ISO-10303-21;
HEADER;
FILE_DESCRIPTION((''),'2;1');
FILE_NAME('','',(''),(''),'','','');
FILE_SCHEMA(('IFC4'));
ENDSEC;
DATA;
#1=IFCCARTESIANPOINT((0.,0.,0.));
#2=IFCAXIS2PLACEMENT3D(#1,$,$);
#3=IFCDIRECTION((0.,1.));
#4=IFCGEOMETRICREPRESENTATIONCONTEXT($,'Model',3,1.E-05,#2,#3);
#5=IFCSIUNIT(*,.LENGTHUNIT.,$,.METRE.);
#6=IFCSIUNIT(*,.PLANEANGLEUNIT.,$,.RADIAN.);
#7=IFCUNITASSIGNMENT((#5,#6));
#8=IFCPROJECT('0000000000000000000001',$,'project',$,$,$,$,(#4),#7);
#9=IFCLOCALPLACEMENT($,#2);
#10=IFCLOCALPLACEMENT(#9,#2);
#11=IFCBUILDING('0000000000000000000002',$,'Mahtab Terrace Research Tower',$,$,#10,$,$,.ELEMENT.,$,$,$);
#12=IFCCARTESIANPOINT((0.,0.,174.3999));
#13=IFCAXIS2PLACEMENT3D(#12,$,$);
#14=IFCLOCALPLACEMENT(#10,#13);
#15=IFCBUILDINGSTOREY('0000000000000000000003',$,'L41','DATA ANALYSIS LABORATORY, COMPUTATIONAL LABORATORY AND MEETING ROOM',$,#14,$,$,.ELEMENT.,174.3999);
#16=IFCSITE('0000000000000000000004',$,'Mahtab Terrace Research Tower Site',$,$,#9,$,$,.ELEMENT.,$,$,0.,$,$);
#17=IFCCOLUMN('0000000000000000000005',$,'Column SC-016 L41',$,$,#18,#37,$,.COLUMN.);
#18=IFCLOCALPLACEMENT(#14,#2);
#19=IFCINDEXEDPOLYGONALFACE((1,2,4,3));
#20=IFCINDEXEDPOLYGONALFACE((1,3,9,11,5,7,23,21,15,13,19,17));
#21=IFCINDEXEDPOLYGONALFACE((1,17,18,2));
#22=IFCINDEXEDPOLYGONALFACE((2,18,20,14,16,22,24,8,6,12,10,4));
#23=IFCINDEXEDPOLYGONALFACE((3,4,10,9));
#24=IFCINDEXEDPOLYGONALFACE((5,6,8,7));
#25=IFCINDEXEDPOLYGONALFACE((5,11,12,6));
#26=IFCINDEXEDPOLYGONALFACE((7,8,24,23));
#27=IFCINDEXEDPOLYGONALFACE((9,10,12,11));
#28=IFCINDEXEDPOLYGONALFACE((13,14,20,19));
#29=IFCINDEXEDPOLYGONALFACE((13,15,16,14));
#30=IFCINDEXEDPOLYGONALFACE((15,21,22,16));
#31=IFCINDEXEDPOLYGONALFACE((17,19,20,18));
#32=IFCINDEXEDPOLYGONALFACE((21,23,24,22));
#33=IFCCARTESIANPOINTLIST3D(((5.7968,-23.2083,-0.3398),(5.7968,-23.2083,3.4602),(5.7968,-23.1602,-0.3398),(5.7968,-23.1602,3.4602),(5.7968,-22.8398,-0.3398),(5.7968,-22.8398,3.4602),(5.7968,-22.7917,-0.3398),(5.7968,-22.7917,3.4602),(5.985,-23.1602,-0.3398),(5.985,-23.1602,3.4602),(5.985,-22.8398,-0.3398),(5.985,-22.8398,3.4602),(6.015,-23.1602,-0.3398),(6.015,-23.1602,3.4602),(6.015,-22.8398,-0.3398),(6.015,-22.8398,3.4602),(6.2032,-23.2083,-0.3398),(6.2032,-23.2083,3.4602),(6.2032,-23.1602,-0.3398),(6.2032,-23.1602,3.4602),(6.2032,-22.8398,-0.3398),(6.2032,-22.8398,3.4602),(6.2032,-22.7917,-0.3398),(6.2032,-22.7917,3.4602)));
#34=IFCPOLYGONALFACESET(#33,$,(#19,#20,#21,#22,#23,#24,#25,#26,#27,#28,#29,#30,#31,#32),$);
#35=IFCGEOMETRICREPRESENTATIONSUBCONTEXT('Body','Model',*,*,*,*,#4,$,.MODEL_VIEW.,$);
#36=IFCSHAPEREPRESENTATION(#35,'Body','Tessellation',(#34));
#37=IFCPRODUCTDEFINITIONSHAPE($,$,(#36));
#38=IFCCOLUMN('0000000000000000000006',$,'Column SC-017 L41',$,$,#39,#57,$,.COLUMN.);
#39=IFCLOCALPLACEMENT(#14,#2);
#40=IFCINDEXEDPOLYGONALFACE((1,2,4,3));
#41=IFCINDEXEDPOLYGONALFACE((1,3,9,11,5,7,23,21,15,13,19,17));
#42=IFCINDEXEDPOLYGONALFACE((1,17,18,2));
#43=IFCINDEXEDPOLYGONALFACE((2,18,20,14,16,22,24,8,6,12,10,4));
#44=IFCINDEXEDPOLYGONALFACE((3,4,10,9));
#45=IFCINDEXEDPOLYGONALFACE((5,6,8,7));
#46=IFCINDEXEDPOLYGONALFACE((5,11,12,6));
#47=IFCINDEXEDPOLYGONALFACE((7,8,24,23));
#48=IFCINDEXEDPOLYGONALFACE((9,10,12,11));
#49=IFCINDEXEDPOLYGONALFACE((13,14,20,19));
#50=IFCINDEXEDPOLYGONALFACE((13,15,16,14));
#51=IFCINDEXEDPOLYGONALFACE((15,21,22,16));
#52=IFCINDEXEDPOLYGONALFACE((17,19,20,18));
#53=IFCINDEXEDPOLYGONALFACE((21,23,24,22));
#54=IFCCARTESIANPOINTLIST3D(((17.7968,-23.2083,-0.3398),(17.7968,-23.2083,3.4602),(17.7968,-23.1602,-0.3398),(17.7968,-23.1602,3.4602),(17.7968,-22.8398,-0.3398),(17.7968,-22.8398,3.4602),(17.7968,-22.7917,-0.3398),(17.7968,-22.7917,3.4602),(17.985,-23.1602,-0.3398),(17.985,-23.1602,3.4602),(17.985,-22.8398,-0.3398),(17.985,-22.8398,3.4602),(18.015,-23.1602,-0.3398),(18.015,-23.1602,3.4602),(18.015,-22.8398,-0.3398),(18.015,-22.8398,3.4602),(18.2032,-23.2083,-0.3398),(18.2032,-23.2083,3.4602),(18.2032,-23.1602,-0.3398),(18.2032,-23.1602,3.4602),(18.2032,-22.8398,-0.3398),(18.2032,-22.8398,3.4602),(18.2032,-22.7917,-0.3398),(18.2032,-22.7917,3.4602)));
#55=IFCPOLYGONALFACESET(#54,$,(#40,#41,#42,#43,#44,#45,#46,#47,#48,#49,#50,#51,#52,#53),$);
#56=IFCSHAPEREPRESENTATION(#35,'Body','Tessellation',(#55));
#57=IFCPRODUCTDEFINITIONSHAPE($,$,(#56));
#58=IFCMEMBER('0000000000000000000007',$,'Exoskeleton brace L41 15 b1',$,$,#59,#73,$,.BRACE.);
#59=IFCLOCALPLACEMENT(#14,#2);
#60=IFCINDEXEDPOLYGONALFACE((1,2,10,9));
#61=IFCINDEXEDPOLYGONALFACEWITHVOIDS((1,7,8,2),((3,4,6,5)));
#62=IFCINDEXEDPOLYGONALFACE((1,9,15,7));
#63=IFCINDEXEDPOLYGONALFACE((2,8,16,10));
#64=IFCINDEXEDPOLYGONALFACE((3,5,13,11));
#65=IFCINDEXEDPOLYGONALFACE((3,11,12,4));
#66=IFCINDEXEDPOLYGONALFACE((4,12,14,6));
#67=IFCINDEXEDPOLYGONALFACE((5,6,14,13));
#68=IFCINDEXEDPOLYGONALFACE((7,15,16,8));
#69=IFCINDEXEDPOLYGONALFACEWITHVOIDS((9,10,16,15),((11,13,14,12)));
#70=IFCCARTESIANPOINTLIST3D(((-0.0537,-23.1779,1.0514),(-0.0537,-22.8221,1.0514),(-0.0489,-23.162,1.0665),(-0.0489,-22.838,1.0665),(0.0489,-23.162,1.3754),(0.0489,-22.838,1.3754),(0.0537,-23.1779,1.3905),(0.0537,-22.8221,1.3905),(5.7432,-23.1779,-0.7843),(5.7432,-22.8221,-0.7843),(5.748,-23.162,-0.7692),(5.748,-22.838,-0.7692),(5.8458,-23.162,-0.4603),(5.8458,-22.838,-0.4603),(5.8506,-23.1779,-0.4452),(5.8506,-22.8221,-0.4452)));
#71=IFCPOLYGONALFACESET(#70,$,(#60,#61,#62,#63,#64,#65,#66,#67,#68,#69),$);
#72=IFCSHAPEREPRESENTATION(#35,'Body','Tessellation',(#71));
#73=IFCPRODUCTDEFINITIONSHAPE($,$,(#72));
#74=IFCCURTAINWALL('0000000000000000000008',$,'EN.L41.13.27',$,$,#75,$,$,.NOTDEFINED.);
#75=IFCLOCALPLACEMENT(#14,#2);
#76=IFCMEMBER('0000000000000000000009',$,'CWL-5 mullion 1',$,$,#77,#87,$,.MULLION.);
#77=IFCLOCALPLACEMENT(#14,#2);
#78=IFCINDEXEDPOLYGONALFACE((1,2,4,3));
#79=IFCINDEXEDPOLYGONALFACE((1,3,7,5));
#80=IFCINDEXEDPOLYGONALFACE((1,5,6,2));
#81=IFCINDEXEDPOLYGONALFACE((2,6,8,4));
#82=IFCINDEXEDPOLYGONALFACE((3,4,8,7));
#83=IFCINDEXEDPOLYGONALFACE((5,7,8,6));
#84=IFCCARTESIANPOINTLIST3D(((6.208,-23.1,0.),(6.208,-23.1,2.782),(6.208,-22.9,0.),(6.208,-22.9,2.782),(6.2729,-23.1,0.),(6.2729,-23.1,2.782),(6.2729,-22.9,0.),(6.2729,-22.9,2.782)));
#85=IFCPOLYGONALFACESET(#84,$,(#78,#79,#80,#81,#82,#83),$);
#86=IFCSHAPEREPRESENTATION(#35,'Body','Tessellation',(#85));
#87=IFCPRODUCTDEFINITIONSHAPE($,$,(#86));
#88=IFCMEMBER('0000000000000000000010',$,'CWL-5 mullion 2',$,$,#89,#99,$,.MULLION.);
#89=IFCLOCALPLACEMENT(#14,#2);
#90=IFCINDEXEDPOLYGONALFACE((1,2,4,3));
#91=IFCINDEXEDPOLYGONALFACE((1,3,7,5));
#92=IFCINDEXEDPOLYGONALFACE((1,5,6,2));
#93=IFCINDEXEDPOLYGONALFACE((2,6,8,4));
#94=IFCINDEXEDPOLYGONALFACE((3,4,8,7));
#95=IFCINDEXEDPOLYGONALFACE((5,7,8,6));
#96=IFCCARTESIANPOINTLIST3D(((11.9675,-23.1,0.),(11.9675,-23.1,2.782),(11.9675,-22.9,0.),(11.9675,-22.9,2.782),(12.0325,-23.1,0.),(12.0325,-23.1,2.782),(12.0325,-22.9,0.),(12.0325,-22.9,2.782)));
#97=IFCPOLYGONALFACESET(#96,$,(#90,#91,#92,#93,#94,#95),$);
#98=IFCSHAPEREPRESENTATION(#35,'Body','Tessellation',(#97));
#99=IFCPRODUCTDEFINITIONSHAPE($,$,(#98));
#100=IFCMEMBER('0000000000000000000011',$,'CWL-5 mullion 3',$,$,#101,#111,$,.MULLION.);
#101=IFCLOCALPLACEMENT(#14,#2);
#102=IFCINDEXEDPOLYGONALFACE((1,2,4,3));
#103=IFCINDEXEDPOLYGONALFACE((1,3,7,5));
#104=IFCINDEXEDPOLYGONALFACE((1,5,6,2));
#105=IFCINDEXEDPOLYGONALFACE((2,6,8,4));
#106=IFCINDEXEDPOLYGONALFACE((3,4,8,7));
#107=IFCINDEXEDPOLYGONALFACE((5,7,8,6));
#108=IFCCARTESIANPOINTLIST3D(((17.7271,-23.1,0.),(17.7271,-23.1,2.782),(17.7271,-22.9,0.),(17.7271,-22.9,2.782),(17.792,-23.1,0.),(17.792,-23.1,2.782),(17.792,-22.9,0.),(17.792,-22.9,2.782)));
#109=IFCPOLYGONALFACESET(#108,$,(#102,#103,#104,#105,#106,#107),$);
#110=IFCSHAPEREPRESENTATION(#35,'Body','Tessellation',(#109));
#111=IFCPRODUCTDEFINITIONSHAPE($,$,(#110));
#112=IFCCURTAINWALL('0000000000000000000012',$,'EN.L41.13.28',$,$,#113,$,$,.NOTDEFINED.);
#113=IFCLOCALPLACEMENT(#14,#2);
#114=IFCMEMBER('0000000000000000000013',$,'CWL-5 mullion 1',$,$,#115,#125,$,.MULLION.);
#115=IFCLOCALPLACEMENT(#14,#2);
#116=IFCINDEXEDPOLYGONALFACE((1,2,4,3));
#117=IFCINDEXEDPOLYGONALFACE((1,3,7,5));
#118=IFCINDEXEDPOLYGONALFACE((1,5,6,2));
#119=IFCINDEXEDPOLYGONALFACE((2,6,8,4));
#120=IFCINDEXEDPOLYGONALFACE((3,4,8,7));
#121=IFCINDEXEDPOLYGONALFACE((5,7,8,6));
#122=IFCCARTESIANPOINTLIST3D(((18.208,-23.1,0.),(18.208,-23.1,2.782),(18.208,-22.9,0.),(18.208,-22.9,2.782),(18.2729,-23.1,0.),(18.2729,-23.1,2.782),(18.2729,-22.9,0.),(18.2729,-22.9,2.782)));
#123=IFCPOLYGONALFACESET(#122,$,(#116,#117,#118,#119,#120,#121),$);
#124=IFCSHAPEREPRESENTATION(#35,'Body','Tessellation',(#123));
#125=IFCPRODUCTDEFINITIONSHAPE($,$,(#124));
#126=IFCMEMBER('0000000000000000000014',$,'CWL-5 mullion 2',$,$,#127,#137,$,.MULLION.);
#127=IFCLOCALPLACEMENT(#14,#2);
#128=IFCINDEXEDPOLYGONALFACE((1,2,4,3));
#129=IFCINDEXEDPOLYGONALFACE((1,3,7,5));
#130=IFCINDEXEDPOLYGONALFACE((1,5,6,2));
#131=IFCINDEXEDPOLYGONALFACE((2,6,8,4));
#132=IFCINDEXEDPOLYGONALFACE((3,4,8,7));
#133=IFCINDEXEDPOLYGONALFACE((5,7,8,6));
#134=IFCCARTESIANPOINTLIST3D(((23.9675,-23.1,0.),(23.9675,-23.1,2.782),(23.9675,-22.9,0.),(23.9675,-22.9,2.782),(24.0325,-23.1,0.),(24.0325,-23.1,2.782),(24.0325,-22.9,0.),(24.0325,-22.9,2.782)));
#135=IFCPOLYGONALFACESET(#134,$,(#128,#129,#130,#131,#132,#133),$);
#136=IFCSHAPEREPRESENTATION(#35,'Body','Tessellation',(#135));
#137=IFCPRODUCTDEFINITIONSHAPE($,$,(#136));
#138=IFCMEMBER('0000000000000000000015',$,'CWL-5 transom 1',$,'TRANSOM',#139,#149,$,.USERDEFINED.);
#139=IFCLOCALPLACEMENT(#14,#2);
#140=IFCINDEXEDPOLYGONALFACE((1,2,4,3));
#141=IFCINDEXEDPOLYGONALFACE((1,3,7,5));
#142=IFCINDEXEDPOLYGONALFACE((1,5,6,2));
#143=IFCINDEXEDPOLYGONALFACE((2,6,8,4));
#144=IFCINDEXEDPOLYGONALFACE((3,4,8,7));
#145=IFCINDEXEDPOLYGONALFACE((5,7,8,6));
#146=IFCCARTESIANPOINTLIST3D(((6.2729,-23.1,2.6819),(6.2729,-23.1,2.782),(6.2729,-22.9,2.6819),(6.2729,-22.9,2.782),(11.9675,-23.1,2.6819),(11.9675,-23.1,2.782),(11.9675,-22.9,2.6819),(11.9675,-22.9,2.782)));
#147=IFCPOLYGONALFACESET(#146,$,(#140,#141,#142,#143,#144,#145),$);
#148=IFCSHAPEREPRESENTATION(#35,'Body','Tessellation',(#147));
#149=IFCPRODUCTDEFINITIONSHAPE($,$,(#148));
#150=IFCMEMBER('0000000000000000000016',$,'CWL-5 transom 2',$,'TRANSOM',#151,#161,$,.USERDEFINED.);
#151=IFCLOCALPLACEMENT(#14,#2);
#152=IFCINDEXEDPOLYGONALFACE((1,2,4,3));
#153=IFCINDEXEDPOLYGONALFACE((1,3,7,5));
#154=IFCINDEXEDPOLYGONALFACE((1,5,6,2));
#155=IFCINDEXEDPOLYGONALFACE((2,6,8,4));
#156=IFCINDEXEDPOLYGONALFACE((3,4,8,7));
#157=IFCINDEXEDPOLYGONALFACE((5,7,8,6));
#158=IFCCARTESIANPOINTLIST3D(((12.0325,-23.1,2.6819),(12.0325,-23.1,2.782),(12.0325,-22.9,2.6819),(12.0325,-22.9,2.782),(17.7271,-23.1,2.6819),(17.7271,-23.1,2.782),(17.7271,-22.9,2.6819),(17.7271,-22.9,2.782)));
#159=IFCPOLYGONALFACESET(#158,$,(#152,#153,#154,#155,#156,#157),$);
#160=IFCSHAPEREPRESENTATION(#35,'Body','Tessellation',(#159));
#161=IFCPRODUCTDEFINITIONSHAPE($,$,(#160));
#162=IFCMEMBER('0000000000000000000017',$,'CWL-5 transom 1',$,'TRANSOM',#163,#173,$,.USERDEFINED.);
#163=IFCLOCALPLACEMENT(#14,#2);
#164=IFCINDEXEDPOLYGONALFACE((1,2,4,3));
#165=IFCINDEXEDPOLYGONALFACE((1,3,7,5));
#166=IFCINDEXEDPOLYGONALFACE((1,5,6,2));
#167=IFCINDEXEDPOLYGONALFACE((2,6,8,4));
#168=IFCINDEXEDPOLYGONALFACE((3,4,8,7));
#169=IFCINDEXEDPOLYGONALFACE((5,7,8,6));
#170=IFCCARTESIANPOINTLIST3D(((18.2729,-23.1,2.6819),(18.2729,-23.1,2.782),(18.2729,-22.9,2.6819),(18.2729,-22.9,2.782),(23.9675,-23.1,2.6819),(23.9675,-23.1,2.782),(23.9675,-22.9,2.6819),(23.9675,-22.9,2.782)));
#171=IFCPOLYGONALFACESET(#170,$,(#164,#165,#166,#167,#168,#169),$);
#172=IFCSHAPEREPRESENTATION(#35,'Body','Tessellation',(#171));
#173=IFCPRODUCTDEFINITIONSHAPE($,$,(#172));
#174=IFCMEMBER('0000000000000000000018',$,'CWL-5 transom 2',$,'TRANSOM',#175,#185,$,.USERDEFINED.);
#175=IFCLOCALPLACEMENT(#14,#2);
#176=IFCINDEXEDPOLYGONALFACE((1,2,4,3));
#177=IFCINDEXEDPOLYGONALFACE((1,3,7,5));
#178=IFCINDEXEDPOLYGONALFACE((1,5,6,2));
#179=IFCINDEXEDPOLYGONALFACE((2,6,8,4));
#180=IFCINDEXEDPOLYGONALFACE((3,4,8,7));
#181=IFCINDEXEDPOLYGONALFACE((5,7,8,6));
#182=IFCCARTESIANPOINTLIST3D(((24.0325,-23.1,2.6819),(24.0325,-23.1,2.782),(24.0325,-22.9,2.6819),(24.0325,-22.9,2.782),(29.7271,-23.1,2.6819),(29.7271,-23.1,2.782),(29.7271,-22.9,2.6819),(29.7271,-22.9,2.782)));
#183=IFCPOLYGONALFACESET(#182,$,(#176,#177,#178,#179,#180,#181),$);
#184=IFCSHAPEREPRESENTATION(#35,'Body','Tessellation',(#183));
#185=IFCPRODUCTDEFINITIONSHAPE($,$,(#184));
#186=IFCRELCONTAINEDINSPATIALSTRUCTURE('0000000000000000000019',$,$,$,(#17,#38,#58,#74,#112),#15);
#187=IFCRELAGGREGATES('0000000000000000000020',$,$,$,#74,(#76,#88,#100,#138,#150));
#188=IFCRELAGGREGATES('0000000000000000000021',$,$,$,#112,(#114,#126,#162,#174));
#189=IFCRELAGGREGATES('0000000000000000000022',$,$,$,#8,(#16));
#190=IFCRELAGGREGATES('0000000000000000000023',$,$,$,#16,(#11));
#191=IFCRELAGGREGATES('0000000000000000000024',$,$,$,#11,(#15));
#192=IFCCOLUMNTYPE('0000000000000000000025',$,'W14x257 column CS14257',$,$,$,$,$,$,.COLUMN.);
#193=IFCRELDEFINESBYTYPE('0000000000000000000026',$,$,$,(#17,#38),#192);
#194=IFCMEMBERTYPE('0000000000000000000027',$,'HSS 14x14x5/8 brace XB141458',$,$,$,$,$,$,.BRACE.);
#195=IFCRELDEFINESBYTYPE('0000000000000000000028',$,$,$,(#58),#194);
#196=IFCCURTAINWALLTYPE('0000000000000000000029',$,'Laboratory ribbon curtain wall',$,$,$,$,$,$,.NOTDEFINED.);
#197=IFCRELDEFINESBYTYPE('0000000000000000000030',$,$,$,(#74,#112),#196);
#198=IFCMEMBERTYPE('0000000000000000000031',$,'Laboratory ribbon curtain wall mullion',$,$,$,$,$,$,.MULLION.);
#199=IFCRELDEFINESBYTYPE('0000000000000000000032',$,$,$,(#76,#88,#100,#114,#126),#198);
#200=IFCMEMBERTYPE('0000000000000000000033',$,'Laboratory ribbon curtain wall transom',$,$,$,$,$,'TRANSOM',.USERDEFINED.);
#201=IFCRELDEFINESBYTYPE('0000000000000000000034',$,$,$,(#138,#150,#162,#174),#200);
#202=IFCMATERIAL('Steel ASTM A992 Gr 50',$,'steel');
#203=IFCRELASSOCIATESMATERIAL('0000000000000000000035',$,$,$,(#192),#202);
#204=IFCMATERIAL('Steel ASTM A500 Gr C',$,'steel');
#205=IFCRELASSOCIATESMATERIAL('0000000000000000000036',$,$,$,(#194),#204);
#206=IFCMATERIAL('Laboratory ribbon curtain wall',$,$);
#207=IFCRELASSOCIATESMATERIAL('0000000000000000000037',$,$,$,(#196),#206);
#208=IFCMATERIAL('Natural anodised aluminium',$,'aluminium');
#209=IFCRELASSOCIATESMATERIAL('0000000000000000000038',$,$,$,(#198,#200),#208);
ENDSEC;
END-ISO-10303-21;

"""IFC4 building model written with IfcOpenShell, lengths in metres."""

from ifc_helpers import new_model, si_unit, direction, frame, origin, origin_2d, place, context, subcontext, project, spatial, rectangle, hollow_rectangle, i_section, extrude, material, material_profile, profile_set, type_object, element, aggregate, save


model = new_model("IFC4")

# Units and contexts
model_context = context("Model", 3, precision=1e-05, world=origin(), true_north=direction((0.0, 1.0)))
body_context = subcontext(model_context, "Body", "Model", "MODEL_VIEW")
ifc_project = project(units=[si_unit("LENGTHUNIT", "METRE"), si_unit("PLANEANGLEUNIT", "RADIAN")], contexts=[model_context])

# Site, building, storey
site_placement = place(None, origin())
site = spatial("IfcSite", under=ifc_project, at=site_placement, Name="Mahtab Terrace Research Tower Site", CompositionType="ELEMENT", RefElevation=0.0)
building_placement = place(site_placement, origin())
building = spatial("IfcBuilding", under=site, at=building_placement, Name="Mahtab Terrace Research Tower", CompositionType="ELEMENT")
storey_placement = place(building_placement, frame((0.0, 0.0, 174.3999)))
storey = spatial("IfcBuildingStorey", under=building, at=storey_placement, Name="L41", Description="DATA ANALYSIS LABORATORY, COMPUTATIONAL LABORATORY AND MEETING ROOM", CompositionType="ELEMENT", Elevation=174.3999)

# Columns
ifc_material_1 = material(Name="Steel ASTM A992 Gr 50", Category="steel")
ifc_material_profile_1 = material_profile(ifc_material_1, i_section(OverallWidth=0.4065, OverallDepth=0.4165, WebThickness=0.03, FlangeThickness=0.0481, at=origin_2d()), Name="W14X257")
ifc_profile_set_1 = profile_set([ifc_material_profile_1], Name="Steel ASTM A992 Gr 50")
column_type = type_object("IfcColumnType", Name="W14x257 column CS14257", PredefinedType="COLUMN", material=ifc_profile_set_1)
for number, where, z_axis, x_axis, name in (
    (1, (6.0, -23.0, -0.3398), (0.0, 0.0, 1.0), (1.0, 0.0, 0.0), "Column SC-016 L41"),
    (2, (18.0, -23.0, -0.3398), (0.0, 0.0, 1.0), (1.0, 0.0, 0.0), "Column SC-017 L41"),
):
    element("IfcColumn", number, at=place(storey_placement, frame(where, z_axis=z_axis, x_axis=x_axis)), inside=storey, type_object=column_type, Name=name, PredefinedType="COLUMN", context=body_context, shape_type="SweptSolid", body=[
        extrude(i_section(OverallWidth=0.4065, OverallDepth=0.4165, WebThickness=0.03, FlangeThickness=0.0481, at=origin_2d()), origin(), (0.0, 0.0, 1.0), 3.8),
    ])

# Member
ifc_material_2 = material(Name="Steel ASTM A500 Gr C", Category="steel")
ifc_material_profile_2 = material_profile(ifc_material_2, hollow_rectangle(XDim=0.3557, YDim=0.3557, WallThickness=0.0159, at=origin_2d()), Name="HSS14X14X5/8")
ifc_profile_set_2 = profile_set([ifc_material_profile_2], Name="Steel ASTM A500 Gr C")
member_type_1 = type_object("IfcMemberType", Name="HSS 14x14x5/8 brace XB141458", PredefinedType="BRACE", material=ifc_profile_set_2)
member_1_placement = place(storey_placement, frame((5.7969, -23.0, -0.6147), z_axis=(-0.953341, 0.0, 0.301894), x_axis=(0.0, -1.0, 0.0)))
element("IfcMember", 3, at=member_1_placement, inside=storey, type_object=member_type_1, Name="Exoskeleton brace L41 15 b1", PredefinedType="BRACE", context=body_context, shape_type="SweptSolid", body=[
    extrude(hollow_rectangle(XDim=0.3557, YDim=0.3557, WallThickness=0.0159, at=origin_2d()), origin(), (0.0, 0.0, 1.0), 6.0806),
])

# Curtain walls, members
ifc_material_3 = material(Name="Laboratory ribbon curtain wall")
curtain_wall_type = type_object("IfcCurtainWallType", Name="Laboratory ribbon curtain wall", PredefinedType="NOTDEFINED", material=ifc_material_3)
curtain_wall_1_placement = place(storey_placement, origin())
curtain_wall_1 = element("IfcCurtainWall", 4, at=curtain_wall_1_placement, inside=storey, type_object=curtain_wall_type, Name="EN.L41.13.27", PredefinedType="NOTDEFINED")
ifc_material_4 = material(Name="Natural anodised aluminium", Category="aluminium")
ifc_material_profile_3 = material_profile(ifc_material_4, rectangle(XDim=0.2, YDim=0.0649, at=origin_2d()), Name="MULLION 65x200")
ifc_profile_set_3 = profile_set([ifc_material_profile_3], Name="Natural anodised aluminium")
member_type_2 = type_object("IfcMemberType", Name="Laboratory ribbon curtain wall mullion", PredefinedType="MULLION", material=ifc_profile_set_3)
member_2_placement = place(storey_placement, frame((6.2405, -23.0, 0.0), z_axis=(0.0, 0.0, 1.0), x_axis=(0.0, 1.0, 0.0)))
member_2 = element("IfcMember", 5, at=member_2_placement, type_object=member_type_2, Name="CWL-5 mullion 1", PredefinedType="MULLION", context=body_context, shape_type="SweptSolid", body=[
    extrude(rectangle(XDim=0.2, YDim=0.0649, at=origin_2d()), origin(), (0.0, 0.0, 1.0), 2.782),
])
member_3_placement = place(storey_placement, frame((12.0, -23.0, 0.0), z_axis=(0.0, 0.0, 1.0), x_axis=(0.0, 1.0, 0.0)))
member_3 = element("IfcMember", 6, at=member_3_placement, type_object=member_type_2, Name="CWL-5 mullion 2", PredefinedType="MULLION", context=body_context, shape_type="SweptSolid", body=[
    extrude(rectangle(XDim=0.2, YDim=0.0649, at=origin_2d()), origin(), (0.0, 0.0, 1.0), 2.782),
])
member_4_placement = place(storey_placement, frame((17.7595, -23.0, 0.0), z_axis=(0.0, 0.0, 1.0), x_axis=(0.0, 1.0, 0.0)))
member_4 = element("IfcMember", 7, at=member_4_placement, type_object=member_type_2, Name="CWL-5 mullion 3", PredefinedType="MULLION", context=body_context, shape_type="SweptSolid", body=[
    extrude(rectangle(XDim=0.2, YDim=0.0649, at=origin_2d()), origin(), (0.0, 0.0, 1.0), 2.782),
])
curtain_wall_2_placement = place(storey_placement, origin())
curtain_wall_2 = element("IfcCurtainWall", 8, at=curtain_wall_2_placement, inside=storey, type_object=curtain_wall_type, Name="EN.L41.13.28", PredefinedType="NOTDEFINED")
member_5_placement = place(storey_placement, frame((18.2405, -23.0, 0.0), z_axis=(0.0, 0.0, 1.0), x_axis=(0.0, 1.0, 0.0)))
member_5 = element("IfcMember", 9, at=member_5_placement, type_object=member_type_2, Name="CWL-5 mullion 1", PredefinedType="MULLION", context=body_context, shape_type="SweptSolid", body=[
    extrude(rectangle(XDim=0.2, YDim=0.0649, at=origin_2d()), origin(), (0.0, 0.0, 1.0), 2.782),
])
member_6_placement = place(storey_placement, frame((24.0, -23.0, 0.0), z_axis=(0.0, 0.0, 1.0), x_axis=(0.0, 1.0, 0.0)))
member_6 = element("IfcMember", 10, at=member_6_placement, type_object=member_type_2, Name="CWL-5 mullion 2", PredefinedType="MULLION", context=body_context, shape_type="SweptSolid", body=[
    extrude(rectangle(XDim=0.2, YDim=0.0649, at=origin_2d()), origin(), (0.0, 0.0, 1.0), 2.782),
])

# Members
ifc_material_profile_4 = material_profile(ifc_material_4, rectangle(XDim=0.2, YDim=0.1001, at=origin_2d()), Name="TRANSOM 100x200")
ifc_profile_set_4 = profile_set([ifc_material_profile_4], Name="Natural anodised aluminium")
member_type_3 = type_object("IfcMemberType", Name="Laboratory ribbon curtain wall transom", ElementType="TRANSOM", PredefinedType="USERDEFINED", material=ifc_profile_set_4)
member_7_placement = place(storey_placement, frame((6.2729, -23.0, 2.7319), z_axis=(1.0, 0.0, 0.0), x_axis=(0.0, 1.0, 0.0)))
member_7 = element("IfcMember", 11, at=member_7_placement, type_object=member_type_3, Name="CWL-5 transom 1", ObjectType="TRANSOM", PredefinedType="USERDEFINED", context=body_context, shape_type="SweptSolid", body=[
    extrude(rectangle(XDim=0.2, YDim=0.1001, at=origin_2d()), origin(), (0.0, 0.0, 1.0), 5.6946),
])
member_8_placement = place(storey_placement, frame((12.0325, -23.0, 2.7319), z_axis=(1.0, 0.0, 0.0), x_axis=(0.0, 1.0, 0.0)))
member_8 = element("IfcMember", 12, at=member_8_placement, type_object=member_type_3, Name="CWL-5 transom 2", ObjectType="TRANSOM", PredefinedType="USERDEFINED", context=body_context, shape_type="SweptSolid", body=[
    extrude(rectangle(XDim=0.2, YDim=0.1001, at=origin_2d()), origin(), (0.0, 0.0, 1.0), 5.6946),
])
member_9_placement = place(storey_placement, frame((18.2729, -23.0, 2.7319), z_axis=(1.0, 0.0, 0.0), x_axis=(0.0, 1.0, 0.0)))
member_9 = element("IfcMember", 13, at=member_9_placement, type_object=member_type_3, Name="CWL-5 transom 1", ObjectType="TRANSOM", PredefinedType="USERDEFINED", context=body_context, shape_type="SweptSolid", body=[
    extrude(rectangle(XDim=0.2, YDim=0.1001, at=origin_2d()), origin(), (0.0, 0.0, 1.0), 5.6946),
])
member_10_placement = place(storey_placement, frame((24.0325, -23.0, 2.7319), z_axis=(1.0, 0.0, 0.0), x_axis=(0.0, 1.0, 0.0)))
member_10 = element("IfcMember", 14, at=member_10_placement, type_object=member_type_3, Name="CWL-5 transom 2", ObjectType="TRANSOM", PredefinedType="USERDEFINED", context=body_context, shape_type="SweptSolid", body=[
    extrude(rectangle(XDim=0.2, YDim=0.1001, at=origin_2d()), origin(), (0.0, 0.0, 1.0), 5.6946),
])

aggregate(curtain_wall_1, [member_2, member_3, member_4, member_7, member_8])
aggregate(curtain_wall_2, [member_5, member_6, member_9, member_10])

save(model, "model.ifc")
